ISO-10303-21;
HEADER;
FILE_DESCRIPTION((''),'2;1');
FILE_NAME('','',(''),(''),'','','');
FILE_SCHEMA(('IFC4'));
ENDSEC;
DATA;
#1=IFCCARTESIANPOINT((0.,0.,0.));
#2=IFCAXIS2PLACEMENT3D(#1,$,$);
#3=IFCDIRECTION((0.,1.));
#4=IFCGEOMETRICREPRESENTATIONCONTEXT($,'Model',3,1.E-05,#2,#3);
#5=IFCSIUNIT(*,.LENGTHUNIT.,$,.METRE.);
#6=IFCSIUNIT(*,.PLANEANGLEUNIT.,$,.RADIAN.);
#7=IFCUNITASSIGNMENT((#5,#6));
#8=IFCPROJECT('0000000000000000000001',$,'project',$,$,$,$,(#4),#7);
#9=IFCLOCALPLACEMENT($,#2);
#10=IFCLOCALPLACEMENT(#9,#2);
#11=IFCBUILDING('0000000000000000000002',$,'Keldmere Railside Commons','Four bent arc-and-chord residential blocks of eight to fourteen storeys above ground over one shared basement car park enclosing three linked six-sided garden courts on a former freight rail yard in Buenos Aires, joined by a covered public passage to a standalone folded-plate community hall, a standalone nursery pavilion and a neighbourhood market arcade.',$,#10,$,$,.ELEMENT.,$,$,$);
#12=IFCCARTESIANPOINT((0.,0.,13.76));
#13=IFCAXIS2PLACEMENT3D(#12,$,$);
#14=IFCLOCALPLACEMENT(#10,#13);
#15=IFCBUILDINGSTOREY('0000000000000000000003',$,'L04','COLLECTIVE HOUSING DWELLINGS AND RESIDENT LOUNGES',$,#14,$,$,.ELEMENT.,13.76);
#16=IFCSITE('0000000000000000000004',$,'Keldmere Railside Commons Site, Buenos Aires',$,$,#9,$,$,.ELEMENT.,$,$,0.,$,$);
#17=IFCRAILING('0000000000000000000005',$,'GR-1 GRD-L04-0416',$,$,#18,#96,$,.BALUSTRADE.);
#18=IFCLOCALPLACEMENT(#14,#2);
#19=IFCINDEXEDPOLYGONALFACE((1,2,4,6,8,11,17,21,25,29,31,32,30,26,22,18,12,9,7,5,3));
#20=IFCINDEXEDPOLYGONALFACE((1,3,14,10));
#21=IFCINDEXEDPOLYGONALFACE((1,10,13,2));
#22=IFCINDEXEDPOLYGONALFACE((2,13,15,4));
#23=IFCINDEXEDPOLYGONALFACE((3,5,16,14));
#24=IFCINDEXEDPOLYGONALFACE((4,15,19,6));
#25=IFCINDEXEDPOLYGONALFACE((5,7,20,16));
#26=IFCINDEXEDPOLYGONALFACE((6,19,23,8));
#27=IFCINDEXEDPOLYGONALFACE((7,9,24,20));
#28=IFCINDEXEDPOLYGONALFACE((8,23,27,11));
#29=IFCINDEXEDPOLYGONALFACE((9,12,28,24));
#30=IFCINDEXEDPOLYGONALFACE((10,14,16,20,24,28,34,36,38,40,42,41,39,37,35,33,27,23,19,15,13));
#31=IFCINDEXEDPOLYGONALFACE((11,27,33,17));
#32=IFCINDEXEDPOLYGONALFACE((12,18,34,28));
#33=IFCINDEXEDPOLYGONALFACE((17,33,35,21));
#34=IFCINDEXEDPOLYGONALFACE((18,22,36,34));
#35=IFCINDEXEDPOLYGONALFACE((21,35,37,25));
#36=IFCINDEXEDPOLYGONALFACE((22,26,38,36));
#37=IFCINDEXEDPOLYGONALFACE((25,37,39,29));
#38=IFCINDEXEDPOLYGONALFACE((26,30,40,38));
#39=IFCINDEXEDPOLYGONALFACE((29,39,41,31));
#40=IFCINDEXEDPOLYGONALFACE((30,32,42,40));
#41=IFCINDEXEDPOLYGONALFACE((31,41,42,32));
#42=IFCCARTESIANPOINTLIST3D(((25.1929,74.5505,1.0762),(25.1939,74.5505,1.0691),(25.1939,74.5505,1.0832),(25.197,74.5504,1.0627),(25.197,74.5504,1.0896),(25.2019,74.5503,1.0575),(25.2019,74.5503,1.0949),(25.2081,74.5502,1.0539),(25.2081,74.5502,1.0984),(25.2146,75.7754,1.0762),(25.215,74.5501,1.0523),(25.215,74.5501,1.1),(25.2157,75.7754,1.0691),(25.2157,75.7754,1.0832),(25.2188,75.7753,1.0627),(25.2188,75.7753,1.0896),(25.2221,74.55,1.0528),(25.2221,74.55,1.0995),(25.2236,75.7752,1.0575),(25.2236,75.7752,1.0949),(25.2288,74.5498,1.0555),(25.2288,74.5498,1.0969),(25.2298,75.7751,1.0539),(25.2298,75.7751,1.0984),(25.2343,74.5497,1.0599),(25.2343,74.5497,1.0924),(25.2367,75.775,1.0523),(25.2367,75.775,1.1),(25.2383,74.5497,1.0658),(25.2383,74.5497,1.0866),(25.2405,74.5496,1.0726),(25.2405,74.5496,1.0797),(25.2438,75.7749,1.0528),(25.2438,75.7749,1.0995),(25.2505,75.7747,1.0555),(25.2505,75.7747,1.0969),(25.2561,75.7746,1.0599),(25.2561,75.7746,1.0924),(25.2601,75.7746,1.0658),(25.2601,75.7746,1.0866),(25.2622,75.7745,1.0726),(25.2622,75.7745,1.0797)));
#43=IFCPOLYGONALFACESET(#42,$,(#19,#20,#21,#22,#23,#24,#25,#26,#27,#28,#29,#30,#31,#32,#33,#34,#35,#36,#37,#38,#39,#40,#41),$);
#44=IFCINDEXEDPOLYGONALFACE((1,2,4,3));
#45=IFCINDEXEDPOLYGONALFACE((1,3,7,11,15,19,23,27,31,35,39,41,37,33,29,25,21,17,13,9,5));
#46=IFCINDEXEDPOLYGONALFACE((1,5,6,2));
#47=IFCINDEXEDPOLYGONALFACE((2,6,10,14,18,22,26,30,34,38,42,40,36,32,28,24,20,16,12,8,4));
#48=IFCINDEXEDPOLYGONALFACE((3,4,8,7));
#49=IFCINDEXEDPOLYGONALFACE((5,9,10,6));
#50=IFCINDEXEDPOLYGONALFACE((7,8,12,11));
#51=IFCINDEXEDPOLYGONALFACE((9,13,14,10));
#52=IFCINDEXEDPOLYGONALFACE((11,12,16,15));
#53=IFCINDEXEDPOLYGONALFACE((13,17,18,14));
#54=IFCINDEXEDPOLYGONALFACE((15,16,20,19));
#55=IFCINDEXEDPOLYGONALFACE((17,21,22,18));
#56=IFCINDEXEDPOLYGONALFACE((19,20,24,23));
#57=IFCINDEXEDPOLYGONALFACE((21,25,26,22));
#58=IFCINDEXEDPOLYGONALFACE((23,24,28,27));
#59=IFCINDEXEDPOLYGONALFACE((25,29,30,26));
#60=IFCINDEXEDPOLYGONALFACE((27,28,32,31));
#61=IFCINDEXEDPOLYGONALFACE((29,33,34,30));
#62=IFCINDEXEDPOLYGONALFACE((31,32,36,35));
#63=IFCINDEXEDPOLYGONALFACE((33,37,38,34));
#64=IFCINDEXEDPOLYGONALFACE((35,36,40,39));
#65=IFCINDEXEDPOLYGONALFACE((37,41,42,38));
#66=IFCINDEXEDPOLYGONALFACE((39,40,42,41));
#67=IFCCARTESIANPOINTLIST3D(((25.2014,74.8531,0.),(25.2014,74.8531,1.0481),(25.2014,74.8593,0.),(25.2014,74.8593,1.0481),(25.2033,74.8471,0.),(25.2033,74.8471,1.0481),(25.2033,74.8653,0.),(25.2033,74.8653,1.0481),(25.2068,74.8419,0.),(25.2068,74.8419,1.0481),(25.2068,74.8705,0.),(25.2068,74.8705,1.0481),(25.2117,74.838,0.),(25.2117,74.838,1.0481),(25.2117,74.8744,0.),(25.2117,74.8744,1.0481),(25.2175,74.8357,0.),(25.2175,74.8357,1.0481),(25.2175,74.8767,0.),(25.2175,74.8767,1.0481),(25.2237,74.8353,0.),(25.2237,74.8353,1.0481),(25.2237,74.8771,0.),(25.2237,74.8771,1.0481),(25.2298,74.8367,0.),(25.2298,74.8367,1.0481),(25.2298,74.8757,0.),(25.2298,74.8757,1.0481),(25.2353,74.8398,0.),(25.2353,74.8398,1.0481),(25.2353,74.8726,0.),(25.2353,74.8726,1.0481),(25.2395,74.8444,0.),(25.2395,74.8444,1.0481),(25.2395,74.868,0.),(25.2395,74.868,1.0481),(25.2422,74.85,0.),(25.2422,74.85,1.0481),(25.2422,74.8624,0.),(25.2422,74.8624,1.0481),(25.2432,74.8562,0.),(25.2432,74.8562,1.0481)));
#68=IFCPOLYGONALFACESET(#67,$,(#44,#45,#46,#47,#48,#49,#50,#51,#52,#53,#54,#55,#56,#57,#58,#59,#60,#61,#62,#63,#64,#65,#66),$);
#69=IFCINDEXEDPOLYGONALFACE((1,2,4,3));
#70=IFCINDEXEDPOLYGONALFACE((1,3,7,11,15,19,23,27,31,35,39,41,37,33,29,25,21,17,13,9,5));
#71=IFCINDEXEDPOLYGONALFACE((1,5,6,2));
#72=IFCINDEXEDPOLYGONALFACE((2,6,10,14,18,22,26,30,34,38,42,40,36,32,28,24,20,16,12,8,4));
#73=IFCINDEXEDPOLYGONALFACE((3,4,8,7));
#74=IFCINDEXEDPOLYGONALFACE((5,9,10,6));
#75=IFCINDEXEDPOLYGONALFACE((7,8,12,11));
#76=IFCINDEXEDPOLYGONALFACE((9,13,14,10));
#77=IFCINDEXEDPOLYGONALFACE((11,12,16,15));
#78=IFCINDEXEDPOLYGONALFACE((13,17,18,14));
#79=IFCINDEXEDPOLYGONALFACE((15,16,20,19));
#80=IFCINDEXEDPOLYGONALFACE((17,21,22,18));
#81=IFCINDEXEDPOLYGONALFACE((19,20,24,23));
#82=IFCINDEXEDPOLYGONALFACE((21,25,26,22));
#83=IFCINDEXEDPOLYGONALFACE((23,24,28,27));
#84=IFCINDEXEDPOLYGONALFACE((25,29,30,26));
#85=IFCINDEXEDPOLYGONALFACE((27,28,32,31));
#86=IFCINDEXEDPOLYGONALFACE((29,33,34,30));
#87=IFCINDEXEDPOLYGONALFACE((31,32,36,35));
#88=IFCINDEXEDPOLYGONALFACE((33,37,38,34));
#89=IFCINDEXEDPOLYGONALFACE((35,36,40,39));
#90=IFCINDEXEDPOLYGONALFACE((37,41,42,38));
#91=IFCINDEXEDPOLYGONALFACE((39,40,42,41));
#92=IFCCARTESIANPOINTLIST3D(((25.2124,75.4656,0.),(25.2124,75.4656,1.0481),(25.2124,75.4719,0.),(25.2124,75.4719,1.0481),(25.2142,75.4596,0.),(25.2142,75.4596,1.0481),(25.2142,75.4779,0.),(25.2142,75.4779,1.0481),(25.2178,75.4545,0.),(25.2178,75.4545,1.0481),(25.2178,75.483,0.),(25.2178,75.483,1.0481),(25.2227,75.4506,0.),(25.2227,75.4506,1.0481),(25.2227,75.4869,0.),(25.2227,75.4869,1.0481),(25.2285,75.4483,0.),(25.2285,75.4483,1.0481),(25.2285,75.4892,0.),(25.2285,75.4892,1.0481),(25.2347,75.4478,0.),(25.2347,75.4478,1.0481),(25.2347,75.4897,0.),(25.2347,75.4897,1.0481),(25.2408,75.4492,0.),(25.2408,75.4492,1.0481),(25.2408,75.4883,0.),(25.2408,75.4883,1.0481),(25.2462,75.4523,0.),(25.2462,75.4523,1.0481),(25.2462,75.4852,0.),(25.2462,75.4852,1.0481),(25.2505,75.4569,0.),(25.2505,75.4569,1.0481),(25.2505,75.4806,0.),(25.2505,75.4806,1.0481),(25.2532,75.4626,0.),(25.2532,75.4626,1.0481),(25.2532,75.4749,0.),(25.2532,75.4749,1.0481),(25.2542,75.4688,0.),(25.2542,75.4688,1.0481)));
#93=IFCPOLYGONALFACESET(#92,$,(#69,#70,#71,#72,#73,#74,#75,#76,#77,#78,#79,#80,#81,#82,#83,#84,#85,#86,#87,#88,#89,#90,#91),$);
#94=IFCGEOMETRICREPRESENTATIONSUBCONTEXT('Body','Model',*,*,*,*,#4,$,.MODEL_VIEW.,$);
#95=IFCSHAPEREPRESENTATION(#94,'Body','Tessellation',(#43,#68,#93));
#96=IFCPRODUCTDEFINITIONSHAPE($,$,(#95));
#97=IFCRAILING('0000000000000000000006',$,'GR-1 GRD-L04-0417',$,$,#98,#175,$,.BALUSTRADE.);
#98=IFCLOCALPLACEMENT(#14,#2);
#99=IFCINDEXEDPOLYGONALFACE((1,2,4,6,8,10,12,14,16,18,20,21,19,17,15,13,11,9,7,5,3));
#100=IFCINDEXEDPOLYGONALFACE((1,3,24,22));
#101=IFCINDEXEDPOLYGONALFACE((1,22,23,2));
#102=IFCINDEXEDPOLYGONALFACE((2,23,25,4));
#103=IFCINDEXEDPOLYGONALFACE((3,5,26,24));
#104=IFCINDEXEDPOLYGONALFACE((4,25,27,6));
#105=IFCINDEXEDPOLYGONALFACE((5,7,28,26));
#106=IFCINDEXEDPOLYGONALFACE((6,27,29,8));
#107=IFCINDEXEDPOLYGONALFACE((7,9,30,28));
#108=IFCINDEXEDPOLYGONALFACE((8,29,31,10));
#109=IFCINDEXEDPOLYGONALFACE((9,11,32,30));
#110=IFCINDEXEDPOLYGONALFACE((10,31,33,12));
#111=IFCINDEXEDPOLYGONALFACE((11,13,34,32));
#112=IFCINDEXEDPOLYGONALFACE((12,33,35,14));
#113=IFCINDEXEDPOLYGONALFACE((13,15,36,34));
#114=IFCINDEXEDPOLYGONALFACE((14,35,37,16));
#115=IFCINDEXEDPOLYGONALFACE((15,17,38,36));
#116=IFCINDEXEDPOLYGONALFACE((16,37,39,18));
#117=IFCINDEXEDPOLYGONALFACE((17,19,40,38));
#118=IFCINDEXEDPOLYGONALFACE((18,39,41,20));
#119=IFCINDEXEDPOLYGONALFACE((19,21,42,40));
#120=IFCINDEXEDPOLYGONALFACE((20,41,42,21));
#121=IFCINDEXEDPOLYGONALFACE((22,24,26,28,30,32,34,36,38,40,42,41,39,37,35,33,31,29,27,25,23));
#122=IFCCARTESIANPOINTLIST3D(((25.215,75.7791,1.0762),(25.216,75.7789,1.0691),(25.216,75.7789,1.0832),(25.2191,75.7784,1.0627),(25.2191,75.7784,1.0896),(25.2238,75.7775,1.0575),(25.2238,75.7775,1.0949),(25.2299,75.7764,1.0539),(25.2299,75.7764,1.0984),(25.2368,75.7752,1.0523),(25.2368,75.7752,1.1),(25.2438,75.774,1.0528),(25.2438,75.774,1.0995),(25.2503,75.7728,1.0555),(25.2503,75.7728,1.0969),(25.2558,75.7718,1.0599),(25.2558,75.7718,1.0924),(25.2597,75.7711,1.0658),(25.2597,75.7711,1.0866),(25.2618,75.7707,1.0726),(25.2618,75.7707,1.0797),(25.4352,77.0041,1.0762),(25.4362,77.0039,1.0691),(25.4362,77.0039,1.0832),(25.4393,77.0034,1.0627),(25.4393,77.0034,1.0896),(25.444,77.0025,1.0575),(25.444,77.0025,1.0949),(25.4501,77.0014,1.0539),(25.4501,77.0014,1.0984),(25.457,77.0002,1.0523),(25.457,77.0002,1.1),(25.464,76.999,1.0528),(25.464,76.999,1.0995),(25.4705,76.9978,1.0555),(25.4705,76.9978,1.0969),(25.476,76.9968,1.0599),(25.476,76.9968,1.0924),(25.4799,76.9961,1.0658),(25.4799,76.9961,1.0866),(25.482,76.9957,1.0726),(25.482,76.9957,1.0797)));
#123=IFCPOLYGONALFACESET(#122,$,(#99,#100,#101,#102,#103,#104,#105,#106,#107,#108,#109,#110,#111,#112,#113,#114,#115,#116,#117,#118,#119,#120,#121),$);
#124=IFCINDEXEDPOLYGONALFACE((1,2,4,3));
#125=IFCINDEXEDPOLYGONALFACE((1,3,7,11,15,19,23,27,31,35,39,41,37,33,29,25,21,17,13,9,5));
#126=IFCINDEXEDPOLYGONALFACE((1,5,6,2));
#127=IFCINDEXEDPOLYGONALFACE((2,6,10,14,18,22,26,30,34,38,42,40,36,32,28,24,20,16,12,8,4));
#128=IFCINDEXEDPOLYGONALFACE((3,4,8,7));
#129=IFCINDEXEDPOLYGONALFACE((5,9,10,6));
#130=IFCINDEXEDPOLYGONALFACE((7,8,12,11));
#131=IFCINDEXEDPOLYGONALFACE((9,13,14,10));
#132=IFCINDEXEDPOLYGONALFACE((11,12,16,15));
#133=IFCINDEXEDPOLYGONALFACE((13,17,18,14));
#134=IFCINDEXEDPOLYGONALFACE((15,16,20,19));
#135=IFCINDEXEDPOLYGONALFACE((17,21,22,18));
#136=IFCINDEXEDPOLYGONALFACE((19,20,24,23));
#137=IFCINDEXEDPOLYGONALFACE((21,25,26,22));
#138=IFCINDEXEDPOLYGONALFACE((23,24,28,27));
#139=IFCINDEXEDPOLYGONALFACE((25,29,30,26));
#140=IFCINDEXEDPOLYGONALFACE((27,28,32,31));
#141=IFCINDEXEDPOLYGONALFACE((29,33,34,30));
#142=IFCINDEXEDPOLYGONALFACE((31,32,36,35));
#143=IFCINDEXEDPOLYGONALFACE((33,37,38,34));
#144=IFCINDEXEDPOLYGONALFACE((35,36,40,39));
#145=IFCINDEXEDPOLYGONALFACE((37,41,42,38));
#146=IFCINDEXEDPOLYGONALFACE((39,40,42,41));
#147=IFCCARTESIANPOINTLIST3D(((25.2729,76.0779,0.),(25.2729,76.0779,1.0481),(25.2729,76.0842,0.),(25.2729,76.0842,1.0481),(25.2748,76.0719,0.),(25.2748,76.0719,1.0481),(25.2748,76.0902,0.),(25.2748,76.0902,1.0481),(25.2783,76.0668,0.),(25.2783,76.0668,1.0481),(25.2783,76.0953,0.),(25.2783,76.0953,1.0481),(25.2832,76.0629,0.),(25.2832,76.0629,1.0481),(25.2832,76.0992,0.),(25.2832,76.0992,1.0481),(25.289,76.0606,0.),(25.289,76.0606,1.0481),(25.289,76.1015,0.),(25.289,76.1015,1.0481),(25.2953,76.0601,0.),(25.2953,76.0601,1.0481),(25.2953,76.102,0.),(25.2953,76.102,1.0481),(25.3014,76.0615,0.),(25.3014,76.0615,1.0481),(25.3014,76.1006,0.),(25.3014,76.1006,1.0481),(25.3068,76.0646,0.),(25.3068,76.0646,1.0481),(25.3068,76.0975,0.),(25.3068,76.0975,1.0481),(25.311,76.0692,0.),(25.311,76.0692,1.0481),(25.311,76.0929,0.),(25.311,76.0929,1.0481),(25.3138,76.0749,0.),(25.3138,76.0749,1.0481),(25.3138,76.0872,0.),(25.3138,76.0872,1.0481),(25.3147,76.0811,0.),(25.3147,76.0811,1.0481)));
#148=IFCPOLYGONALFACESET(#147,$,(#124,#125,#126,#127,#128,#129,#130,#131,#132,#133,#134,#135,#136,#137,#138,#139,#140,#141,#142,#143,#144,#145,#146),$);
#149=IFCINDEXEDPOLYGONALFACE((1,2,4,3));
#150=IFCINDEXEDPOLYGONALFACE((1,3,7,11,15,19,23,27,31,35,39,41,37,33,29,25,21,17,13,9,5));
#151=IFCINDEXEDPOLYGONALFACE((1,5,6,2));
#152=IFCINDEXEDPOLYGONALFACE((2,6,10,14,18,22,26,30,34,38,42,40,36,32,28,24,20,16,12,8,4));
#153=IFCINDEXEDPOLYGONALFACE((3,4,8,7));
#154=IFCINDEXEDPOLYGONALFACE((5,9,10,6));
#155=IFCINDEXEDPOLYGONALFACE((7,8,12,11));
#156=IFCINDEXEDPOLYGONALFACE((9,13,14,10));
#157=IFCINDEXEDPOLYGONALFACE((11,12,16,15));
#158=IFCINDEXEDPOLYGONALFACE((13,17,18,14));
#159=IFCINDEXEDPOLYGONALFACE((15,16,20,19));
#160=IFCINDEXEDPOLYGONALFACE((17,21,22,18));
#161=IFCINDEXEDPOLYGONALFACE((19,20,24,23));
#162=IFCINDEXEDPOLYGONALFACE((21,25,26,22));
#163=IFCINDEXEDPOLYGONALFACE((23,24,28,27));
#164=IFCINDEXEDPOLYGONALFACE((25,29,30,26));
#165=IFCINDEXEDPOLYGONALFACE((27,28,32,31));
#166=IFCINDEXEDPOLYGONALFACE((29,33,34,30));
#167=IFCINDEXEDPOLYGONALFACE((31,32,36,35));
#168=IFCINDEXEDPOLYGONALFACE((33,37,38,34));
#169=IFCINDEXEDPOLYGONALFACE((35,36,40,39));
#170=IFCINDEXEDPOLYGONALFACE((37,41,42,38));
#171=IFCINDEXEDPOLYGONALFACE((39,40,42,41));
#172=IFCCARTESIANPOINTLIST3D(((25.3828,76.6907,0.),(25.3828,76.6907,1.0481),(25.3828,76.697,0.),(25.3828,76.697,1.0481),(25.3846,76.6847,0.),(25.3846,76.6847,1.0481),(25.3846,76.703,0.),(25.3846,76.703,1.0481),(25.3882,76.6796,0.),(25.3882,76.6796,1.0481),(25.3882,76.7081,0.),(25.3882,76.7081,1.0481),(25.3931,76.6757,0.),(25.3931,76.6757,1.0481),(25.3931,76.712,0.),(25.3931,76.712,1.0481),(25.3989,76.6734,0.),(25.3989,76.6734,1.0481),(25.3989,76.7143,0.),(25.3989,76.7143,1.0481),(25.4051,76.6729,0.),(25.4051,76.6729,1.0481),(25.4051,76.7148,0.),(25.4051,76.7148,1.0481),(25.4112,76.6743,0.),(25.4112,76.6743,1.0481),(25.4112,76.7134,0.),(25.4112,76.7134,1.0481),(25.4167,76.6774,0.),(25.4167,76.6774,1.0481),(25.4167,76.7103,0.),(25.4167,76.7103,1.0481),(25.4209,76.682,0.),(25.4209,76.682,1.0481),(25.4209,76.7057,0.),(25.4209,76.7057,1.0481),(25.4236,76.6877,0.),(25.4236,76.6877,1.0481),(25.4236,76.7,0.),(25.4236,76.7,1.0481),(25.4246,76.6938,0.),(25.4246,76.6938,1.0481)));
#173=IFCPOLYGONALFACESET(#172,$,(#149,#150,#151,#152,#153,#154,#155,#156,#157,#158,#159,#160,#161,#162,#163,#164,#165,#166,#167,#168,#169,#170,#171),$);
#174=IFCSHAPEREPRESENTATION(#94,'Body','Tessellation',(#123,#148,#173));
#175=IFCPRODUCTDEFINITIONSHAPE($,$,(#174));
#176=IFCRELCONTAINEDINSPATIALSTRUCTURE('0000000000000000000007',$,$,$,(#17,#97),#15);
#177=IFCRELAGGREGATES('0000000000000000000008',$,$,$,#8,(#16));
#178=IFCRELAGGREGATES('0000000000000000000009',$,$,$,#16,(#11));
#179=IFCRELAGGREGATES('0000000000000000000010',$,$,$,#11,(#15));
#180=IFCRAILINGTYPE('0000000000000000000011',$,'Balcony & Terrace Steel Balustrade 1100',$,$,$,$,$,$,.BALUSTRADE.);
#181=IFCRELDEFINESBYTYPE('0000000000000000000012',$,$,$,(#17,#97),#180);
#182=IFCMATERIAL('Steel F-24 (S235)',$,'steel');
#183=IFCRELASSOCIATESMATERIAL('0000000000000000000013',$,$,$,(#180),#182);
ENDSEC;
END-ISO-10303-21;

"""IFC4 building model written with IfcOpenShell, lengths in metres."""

from ifc_helpers import new_model, si_unit, direction, frame, origin, origin_2d, place, context, subcontext, project, spatial, circle, extrude, material, type_object, element, save


model = new_model("IFC4")

# Units and contexts
model_context = context("Model", 3, precision=1e-05, world=origin(), true_north=direction((0.0, 1.0)))
body_context = subcontext(model_context, "Body", "Model", "MODEL_VIEW")
ifc_project = project(units=[si_unit("LENGTHUNIT", "METRE"), si_unit("PLANEANGLEUNIT", "RADIAN")], contexts=[model_context])

# Site, building, storey
site_placement = place(None, origin())
site = spatial("IfcSite", under=ifc_project, at=site_placement, Name="Keldmere Railside Commons Site, Buenos Aires", CompositionType="ELEMENT", RefElevation=0.0)
building_placement = place(site_placement, origin())
building = spatial("IfcBuilding", under=site, at=building_placement, Name="Keldmere Railside Commons", Description="Four bent arc-and-chord residential blocks of eight to fourteen storeys above ground over one shared basement car park enclosing three linked six-sided garden courts on a former freight rail yard in Buenos Aires, joined by a covered public passage to a standalone folded-plate community hall, a standalone nursery pavilion and a neighbourhood market arcade.", CompositionType="ELEMENT")
storey_placement = place(building_placement, frame((0.0, 0.0, 13.76)))
storey = spatial("IfcBuildingStorey", under=building, at=storey_placement, Name="L04", Description="COLLECTIVE HOUSING DWELLINGS AND RESIDENT LOUNGES", CompositionType="ELEMENT", Elevation=13.76)

# Railings
ifc_material_1 = material(Name="Steel F-24 (S235)", Category="steel")
railing_type = type_object("IfcRailingType", Name="Balcony & Terrace Steel Balustrade 1100", PredefinedType="BALUSTRADE", material=ifc_material_1)
railing_1_placement = place(storey_placement, frame((25.2168, 74.55, 0.0)))
element("IfcRailing", 1, at=railing_1_placement, inside=storey, type_object=railing_type, Name="GR-1 GRD-L04-0416", PredefinedType="BALUSTRADE", context=body_context, shape_type="SweptSolid", body=[
    extrude(circle(Radius=0.0239, at=origin_2d()), frame((0.0, 0.0, 1.0762), z_axis=(0.017737, 0.999843, 0.0), x_axis=(-0.999843, 0.017737, 0.0)), (0.0, 0.0, 1.0), 1.2251),
    extrude(circle(Radius=0.021, at=origin_2d()), frame((0.0054, 0.3062, 0.0)), (0.0, 0.0, 1.0), 1.0481),
    extrude(circle(Radius=0.021, at=origin_2d()), frame((0.0164, 0.9187, 0.0)), (0.0, 0.0, 1.0), 1.0481),
])
railing_2_placement = place(storey_placement, frame((25.2385, 75.7749, 0.0)))
element("IfcRailing", 2, at=railing_2_placement, inside=storey, type_object=railing_type, Name="GR-1 GRD-L04-0417", PredefinedType="BALUSTRADE", context=body_context, shape_type="SweptSolid", body=[
    extrude(circle(Radius=0.0239, at=origin_2d()), frame((0.0, 0.0, 1.0762), z_axis=(0.176917, 0.984226, 0.0), x_axis=(-0.984226, 0.176917, 0.0)), (0.0, 0.0, 1.0), 1.2446),
    extrude(circle(Radius=0.021, at=origin_2d()), frame((0.0552, 0.3062, 0.0)), (0.0, 0.0, 1.0), 1.0481),
    extrude(circle(Radius=0.021, at=origin_2d()), frame((0.165, 0.9189, 0.0)), (0.0, 0.0, 1.0), 1.0481),
])

save(model, "model.ifc")
